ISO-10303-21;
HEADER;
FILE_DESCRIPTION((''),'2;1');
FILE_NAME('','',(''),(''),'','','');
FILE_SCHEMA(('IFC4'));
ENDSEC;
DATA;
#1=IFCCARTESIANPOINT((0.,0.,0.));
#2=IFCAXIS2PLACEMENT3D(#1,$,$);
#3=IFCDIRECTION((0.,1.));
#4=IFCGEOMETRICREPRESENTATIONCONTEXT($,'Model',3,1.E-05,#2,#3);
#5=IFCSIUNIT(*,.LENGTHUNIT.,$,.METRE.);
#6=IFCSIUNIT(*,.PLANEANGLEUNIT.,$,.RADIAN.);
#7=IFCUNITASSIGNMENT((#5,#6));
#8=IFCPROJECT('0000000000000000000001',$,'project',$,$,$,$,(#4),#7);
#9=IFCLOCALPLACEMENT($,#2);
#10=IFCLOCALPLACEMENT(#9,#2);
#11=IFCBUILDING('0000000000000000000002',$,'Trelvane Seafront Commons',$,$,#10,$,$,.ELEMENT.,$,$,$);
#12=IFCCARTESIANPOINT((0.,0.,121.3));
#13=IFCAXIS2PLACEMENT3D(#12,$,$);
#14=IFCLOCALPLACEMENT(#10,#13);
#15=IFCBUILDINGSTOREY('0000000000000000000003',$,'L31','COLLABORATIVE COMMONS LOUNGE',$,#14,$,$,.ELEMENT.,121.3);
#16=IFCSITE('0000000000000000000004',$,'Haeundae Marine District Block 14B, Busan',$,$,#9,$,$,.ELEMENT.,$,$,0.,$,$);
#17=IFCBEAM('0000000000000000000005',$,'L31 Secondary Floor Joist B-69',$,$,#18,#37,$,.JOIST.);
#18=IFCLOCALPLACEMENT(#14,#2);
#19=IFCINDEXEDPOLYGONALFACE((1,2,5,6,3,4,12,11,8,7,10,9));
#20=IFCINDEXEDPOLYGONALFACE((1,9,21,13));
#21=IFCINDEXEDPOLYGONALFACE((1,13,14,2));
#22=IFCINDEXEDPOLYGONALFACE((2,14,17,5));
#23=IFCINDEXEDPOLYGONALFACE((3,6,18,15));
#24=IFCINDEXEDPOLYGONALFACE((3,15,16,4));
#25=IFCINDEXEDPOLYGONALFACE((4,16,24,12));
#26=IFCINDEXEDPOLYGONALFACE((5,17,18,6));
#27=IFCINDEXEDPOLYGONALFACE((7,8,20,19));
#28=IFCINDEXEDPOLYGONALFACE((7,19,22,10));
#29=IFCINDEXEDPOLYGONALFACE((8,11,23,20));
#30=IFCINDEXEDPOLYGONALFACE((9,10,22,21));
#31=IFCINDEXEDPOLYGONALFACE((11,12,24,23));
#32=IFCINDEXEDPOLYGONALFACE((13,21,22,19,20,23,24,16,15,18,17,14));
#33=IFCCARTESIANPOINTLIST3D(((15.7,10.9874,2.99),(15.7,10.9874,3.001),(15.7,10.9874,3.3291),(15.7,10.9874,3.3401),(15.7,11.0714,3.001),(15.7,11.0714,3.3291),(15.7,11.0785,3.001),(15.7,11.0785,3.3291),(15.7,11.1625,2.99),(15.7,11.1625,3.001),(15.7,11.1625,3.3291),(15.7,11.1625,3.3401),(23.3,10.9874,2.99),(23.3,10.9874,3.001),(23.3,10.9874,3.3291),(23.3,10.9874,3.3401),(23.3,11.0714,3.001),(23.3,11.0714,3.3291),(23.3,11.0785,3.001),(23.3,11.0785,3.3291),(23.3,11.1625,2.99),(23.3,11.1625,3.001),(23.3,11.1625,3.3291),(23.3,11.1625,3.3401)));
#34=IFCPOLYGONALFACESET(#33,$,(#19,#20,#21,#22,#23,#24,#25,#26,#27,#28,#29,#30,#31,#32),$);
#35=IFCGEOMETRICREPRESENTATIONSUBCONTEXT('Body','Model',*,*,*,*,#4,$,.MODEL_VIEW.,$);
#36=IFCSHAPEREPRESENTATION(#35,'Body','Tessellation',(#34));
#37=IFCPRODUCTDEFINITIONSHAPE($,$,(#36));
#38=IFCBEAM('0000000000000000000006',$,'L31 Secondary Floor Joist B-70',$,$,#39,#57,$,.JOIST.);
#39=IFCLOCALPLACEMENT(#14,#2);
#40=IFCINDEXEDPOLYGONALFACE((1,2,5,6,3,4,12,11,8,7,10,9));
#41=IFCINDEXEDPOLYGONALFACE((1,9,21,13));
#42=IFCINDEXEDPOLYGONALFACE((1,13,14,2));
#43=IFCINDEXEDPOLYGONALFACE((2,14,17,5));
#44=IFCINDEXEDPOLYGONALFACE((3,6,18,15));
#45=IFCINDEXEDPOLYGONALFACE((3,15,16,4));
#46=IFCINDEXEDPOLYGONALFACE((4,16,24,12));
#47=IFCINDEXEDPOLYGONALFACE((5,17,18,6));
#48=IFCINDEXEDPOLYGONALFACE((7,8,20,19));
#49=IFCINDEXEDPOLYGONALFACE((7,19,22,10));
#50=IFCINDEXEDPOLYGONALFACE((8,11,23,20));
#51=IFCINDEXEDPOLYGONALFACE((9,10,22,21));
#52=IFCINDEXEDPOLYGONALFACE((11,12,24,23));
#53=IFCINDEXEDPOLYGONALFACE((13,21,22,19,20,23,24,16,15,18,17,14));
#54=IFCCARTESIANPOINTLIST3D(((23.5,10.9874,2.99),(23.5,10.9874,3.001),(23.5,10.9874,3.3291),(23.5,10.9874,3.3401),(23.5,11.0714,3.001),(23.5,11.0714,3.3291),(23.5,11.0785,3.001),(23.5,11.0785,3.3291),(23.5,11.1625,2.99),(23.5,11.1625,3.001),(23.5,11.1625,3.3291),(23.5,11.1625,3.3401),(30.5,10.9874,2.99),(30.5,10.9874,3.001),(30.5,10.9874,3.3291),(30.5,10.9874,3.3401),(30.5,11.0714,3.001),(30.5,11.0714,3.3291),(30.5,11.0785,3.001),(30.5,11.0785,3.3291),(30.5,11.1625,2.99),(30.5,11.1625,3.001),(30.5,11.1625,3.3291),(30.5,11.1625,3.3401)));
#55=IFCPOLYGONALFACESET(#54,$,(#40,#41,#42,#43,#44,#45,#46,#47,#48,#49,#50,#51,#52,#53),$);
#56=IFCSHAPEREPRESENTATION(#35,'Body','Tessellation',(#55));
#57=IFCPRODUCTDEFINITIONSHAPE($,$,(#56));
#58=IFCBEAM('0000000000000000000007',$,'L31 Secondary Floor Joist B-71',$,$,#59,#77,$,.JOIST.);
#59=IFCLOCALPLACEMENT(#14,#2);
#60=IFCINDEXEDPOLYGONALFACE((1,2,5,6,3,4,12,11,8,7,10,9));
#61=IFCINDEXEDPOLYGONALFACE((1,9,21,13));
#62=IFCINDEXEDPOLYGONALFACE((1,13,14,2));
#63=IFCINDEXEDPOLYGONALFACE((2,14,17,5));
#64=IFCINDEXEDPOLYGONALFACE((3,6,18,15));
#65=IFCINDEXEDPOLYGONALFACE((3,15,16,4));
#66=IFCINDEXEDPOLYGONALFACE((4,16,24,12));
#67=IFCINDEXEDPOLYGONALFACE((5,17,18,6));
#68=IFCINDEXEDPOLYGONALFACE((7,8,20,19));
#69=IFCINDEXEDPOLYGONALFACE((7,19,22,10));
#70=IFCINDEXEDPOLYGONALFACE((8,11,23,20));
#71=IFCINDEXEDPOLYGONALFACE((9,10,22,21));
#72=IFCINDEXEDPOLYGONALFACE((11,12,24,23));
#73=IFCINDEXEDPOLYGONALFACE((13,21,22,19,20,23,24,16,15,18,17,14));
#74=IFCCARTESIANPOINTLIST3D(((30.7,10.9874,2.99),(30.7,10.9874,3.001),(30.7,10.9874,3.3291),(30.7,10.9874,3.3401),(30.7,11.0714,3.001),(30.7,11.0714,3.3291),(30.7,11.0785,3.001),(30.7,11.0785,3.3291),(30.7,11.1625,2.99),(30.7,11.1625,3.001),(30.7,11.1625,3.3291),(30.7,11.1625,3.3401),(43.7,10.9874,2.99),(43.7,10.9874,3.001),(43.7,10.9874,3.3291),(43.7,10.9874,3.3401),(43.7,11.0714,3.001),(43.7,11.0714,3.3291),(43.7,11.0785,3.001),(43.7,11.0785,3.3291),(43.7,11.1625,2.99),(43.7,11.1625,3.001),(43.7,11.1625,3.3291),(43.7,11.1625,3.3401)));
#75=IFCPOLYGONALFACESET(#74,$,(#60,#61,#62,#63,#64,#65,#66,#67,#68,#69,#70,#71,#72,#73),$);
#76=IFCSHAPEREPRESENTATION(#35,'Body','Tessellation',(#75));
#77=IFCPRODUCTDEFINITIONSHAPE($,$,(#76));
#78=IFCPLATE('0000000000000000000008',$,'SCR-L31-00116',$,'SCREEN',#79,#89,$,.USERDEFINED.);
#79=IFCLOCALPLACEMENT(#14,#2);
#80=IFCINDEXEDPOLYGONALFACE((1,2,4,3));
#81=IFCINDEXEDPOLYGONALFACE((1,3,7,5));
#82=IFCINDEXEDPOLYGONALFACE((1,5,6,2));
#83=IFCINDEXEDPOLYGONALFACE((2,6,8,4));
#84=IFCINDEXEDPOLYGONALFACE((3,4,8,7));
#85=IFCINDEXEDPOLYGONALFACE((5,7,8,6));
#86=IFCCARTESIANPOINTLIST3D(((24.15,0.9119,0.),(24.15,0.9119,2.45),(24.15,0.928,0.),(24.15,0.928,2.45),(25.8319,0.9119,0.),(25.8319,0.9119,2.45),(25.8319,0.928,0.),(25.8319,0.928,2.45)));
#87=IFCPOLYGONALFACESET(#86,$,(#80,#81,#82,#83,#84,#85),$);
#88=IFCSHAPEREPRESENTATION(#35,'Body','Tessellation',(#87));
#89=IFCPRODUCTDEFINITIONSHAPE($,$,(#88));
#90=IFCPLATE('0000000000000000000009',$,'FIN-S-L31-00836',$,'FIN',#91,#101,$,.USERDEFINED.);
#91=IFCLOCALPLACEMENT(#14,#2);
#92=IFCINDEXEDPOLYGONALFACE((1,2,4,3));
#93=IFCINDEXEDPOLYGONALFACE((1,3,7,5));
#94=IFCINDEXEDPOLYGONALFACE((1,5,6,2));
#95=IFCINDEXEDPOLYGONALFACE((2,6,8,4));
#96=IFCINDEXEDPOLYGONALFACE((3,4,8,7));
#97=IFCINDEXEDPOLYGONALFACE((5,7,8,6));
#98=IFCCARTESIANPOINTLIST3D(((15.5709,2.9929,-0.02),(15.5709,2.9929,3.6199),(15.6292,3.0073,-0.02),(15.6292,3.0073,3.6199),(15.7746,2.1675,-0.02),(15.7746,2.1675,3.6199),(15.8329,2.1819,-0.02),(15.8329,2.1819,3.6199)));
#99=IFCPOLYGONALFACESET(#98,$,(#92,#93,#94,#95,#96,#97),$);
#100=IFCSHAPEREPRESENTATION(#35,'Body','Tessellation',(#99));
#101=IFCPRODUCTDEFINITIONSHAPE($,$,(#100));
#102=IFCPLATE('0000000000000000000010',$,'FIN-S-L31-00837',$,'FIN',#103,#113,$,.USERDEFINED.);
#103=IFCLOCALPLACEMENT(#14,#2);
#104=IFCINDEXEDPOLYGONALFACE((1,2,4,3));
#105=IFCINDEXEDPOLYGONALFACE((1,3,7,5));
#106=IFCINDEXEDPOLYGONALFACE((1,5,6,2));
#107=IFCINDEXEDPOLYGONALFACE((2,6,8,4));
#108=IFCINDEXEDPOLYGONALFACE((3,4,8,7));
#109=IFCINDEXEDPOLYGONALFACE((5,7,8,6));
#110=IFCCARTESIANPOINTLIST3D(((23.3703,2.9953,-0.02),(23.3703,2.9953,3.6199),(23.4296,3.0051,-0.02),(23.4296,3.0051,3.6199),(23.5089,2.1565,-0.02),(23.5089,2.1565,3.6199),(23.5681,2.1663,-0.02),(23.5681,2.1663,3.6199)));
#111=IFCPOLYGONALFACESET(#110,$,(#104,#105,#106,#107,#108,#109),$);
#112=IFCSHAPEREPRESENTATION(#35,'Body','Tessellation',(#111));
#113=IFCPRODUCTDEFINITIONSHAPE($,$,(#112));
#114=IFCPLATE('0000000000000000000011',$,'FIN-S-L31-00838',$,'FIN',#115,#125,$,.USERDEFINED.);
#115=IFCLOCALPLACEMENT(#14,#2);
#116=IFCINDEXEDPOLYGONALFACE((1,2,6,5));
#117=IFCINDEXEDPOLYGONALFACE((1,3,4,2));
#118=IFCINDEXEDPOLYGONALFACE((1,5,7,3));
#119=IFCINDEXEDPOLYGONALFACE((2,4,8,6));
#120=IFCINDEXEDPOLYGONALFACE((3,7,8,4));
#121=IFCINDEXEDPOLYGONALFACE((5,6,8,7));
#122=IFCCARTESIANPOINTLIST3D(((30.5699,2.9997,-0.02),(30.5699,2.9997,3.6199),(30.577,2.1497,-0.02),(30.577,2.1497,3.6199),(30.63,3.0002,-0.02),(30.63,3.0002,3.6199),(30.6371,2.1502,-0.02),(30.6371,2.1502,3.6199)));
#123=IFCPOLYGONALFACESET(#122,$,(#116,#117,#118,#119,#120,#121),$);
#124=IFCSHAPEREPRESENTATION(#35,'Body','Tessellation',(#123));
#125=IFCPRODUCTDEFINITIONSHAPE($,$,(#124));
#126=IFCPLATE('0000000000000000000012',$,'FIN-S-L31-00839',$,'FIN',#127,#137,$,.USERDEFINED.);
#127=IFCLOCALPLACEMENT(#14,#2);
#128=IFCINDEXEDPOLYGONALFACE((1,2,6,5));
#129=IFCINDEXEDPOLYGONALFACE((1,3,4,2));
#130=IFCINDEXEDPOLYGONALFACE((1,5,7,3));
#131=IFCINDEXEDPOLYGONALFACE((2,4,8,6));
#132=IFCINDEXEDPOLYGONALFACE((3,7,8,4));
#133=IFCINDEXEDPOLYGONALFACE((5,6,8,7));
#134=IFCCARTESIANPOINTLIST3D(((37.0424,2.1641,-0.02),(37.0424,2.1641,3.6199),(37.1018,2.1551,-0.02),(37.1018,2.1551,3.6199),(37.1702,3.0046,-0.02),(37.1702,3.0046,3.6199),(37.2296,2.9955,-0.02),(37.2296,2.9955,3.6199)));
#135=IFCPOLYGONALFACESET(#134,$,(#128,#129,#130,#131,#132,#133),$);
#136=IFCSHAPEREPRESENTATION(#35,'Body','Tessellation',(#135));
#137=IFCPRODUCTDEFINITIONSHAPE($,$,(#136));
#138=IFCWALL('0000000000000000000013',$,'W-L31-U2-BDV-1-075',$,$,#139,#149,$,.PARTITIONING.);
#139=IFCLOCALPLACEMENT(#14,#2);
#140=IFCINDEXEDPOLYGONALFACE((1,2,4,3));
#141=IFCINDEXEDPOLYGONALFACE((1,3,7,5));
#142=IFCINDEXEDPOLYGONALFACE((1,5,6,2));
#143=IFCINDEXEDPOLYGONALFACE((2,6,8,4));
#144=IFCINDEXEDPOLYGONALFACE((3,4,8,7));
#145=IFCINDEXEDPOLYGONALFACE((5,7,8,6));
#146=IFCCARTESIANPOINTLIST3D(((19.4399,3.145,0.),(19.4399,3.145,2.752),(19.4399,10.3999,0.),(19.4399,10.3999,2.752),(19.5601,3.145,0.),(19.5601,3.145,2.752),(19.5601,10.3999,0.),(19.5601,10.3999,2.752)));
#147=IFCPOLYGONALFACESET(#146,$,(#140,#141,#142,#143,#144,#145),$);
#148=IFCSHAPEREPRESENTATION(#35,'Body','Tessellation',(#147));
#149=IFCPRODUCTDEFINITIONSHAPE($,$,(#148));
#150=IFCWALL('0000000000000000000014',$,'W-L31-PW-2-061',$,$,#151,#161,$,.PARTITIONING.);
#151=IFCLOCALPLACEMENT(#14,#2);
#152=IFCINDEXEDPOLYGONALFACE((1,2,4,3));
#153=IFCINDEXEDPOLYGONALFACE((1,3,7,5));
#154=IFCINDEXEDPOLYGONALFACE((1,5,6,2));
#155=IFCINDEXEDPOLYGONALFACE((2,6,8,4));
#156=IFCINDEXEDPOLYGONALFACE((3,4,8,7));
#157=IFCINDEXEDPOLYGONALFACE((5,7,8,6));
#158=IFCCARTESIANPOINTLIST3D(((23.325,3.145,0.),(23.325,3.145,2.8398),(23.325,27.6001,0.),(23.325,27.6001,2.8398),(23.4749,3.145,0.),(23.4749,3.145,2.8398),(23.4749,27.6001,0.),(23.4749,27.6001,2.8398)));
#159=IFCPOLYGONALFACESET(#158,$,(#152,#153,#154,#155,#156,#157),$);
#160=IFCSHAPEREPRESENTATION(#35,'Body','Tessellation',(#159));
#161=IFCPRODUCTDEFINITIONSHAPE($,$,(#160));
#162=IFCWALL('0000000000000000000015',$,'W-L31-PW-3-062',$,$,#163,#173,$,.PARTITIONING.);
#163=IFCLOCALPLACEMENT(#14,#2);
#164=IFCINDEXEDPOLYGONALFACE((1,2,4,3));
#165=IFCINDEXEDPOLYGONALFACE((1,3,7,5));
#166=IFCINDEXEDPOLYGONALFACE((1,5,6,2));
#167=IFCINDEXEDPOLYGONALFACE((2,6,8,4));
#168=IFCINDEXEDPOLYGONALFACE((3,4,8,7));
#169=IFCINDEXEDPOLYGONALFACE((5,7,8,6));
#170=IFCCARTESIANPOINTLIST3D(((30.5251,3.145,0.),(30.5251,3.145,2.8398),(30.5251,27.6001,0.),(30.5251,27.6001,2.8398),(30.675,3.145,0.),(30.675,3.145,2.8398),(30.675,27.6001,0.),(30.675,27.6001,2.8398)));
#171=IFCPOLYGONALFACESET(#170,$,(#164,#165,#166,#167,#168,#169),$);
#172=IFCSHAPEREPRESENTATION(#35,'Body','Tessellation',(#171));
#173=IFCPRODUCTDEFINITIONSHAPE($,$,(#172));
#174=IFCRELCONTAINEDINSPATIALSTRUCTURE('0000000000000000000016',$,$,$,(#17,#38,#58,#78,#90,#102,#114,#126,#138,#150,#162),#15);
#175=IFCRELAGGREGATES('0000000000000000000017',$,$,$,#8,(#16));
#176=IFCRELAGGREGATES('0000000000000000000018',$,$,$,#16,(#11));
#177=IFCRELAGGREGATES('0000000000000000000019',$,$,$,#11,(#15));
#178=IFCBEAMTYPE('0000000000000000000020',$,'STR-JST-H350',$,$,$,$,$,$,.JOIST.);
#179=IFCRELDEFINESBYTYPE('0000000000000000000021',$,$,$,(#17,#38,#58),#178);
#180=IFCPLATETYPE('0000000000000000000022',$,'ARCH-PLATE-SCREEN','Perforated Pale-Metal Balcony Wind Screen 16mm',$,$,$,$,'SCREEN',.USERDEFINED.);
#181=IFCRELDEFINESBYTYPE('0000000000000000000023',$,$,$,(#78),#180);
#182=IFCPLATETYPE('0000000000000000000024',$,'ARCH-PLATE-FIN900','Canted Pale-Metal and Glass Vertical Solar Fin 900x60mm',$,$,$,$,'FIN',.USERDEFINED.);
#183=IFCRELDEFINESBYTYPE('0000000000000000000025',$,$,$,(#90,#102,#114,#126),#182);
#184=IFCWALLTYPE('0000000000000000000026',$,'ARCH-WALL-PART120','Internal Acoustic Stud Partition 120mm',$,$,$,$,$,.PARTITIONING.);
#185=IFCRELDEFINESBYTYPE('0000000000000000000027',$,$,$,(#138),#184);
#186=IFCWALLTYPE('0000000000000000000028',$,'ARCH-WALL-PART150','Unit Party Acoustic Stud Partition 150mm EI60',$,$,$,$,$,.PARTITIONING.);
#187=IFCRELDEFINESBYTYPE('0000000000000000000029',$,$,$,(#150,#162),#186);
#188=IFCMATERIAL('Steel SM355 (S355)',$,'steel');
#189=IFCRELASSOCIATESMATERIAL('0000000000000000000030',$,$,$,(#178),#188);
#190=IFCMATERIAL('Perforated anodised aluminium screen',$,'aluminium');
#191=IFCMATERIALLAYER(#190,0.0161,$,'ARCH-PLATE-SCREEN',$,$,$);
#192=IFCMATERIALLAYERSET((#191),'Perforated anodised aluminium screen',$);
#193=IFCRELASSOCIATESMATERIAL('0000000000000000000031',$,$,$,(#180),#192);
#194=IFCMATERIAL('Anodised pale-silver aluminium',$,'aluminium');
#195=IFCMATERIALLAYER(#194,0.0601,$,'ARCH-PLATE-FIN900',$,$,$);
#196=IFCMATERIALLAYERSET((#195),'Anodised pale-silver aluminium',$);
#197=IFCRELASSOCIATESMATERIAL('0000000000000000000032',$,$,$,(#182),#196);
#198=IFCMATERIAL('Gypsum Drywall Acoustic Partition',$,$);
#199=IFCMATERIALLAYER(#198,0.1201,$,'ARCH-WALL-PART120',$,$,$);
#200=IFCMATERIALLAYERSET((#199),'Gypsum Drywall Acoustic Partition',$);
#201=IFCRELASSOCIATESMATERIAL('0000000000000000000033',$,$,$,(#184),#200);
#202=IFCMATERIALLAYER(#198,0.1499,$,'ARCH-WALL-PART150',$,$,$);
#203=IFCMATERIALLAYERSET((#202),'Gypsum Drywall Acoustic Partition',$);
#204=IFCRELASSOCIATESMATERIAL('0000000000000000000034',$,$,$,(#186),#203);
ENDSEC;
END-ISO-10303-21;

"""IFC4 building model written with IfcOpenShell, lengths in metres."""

from ifc_helpers import new_model, si_unit, direction, frame, frame_2d, origin, origin_2d, place, context, subcontext, project, spatial, rectangle, i_section, extrude, source, transform, mapped, material, layer, layer_set, material_profile, profile_set, type_object, element, save


model = new_model("IFC4")

# Units and contexts
model_context = context("Model", 3, precision=1e-05, world=origin(), true_north=direction((0.0, 1.0)))
body_context = subcontext(model_context, "Body", "Model", "MODEL_VIEW")
ifc_project = project(units=[si_unit("LENGTHUNIT", "METRE"), si_unit("PLANEANGLEUNIT", "RADIAN")], contexts=[model_context])

# Site, building, storey
site_placement = place(None, origin())
site = spatial("IfcSite", under=ifc_project, at=site_placement, Name="Haeundae Marine District Block 14B, Busan", CompositionType="ELEMENT", RefElevation=0.0)
building_placement = place(site_placement, origin())
building = spatial("IfcBuilding", under=site, at=building_placement, Name="Trelvane Seafront Commons", CompositionType="ELEMENT")
storey_placement = place(building_placement, frame((0.0, 0.0, 121.3)))
storey = spatial("IfcBuildingStorey", under=building, at=storey_placement, Name="L31", Description="COLLABORATIVE COMMONS LOUNGE", CompositionType="ELEMENT", Elevation=121.3)

# Shared definitions
ifc_material_1 = material(Name="Steel SM355 (S355)", Category="steel")

# Beams
ifc_material_profile_1 = material_profile(ifc_material_1, i_section(OverallWidth=0.175, OverallDepth=0.3501, WebThickness=0.0071, FlangeThickness=0.011, at=origin_2d()), Name="H-350x175x7x11")
ifc_profile_set_1 = profile_set([ifc_material_profile_1], Name="Steel SM355 (S355)")
beam_type_1 = type_object("IfcBeamType", Name="STR-JST-H350", PredefinedType="JOIST", material=ifc_profile_set_1)
shared_shape_1 = source(origin(), body_context, "Body", "SweptSolid", [
    extrude(i_section(OverallWidth=0.175, OverallDepth=0.3501, WebThickness=0.0071, FlangeThickness=0.011, at=origin_2d()), origin(), (0.0, 0.0, 1.0), 7.6001),
])
beam_1_placement = place(storey_placement, frame((15.7, 11.075, 3.165), z_axis=(1.0, 0.0, 0.0), x_axis=(0.0, 1.0, 0.0)))
element("IfcBeam", 1, at=beam_1_placement, inside=storey, type_object=beam_type_1, Name="L31 Secondary Floor Joist B-69", PredefinedType="JOIST", context=body_context, shape_type="MappedRepresentation", body=[
    mapped(shared_shape_1, transform((0.0, 0.0, 0.0), x_axis=(1.0, 0.0, 0.0), y_axis=(0.0, 1.0, 0.0), z_axis=(0.0, 0.0, 1.0), scale=1.0)),
])
shared_shape_2 = source(origin(), body_context, "Body", "SweptSolid", [
    extrude(i_section(OverallWidth=0.175, OverallDepth=0.3501, WebThickness=0.0071, FlangeThickness=0.011, at=origin_2d()), origin(), (0.0, 0.0, 1.0), 7.0),
])
beam_2_placement = place(storey_placement, frame((23.5, 11.075, 3.165), z_axis=(1.0, 0.0, 0.0), x_axis=(0.0, 1.0, 0.0)))
element("IfcBeam", 2, at=beam_2_placement, inside=storey, type_object=beam_type_1, Name="L31 Secondary Floor Joist B-70", PredefinedType="JOIST", context=body_context, shape_type="MappedRepresentation", body=[
    mapped(shared_shape_2, transform((0.0, 0.0, 0.0), x_axis=(1.0, 0.0, 0.0), y_axis=(0.0, 1.0, 0.0), z_axis=(0.0, 0.0, 1.0), scale=1.0)),
])
shared_shape_3 = source(origin(), body_context, "Body", "SweptSolid", [
    extrude(i_section(OverallWidth=0.175, OverallDepth=0.3501, WebThickness=0.0071, FlangeThickness=0.011, at=origin_2d()), origin(), (0.0, 0.0, 1.0), 13.0),
])
beam_3_placement = place(storey_placement, frame((30.7, 11.075, 3.165), z_axis=(1.0, 0.0, 0.0), x_axis=(0.0, 1.0, 0.0)))
element("IfcBeam", 3, at=beam_3_placement, inside=storey, type_object=beam_type_1, Name="L31 Secondary Floor Joist B-71", PredefinedType="JOIST", context=body_context, shape_type="MappedRepresentation", body=[
    mapped(shared_shape_3, transform((0.0, 0.0, 0.0), x_axis=(1.0, 0.0, 0.0), y_axis=(0.0, 1.0, 0.0), z_axis=(0.0, 0.0, 1.0), scale=1.0)),
])

# Plates
ifc_material_2 = material(Name="Perforated anodised aluminium screen", Category="aluminium")
ifc_layer_1 = layer(ifc_material_2, 0.0161, Name="ARCH-PLATE-SCREEN")
ifc_layer_set_1 = layer_set([ifc_layer_1], Name="Perforated anodised aluminium screen")
plate_type_1 = type_object("IfcPlateType", Name="ARCH-PLATE-SCREEN", Description="Perforated Pale-Metal Balcony Wind Screen 16mm", ElementType="SCREEN", PredefinedType="USERDEFINED", material=ifc_layer_set_1)
shared_shape_4 = source(origin(), body_context, "Body", "SweptSolid", [
    extrude(rectangle(XDim=1.6819, YDim=0.0161, at=origin_2d()), origin(), (0.0, 0.0, 1.0), 2.45),
])
plate_placement = place(storey_placement, frame((24.991, 0.9199, 0.0), z_axis=(0.0, 0.0, 1.0), x_axis=(1.0, 0.0, 0.0)))
element("IfcPlate", 4, at=plate_placement, inside=storey, type_object=plate_type_1, Name="SCR-L31-00116", ObjectType="SCREEN", PredefinedType="USERDEFINED", context=body_context, shape_type="MappedRepresentation", body=[
    mapped(shared_shape_4, transform((0.0, 0.0, 0.0), x_axis=(1.0, 0.0, 0.0), y_axis=(0.0, 1.0, 0.0), z_axis=(0.0, 0.0, 1.0), scale=1.0)),
])
ifc_material_3 = material(Name="Anodised pale-silver aluminium", Category="aluminium")
ifc_layer_2 = layer(ifc_material_3, 0.0601, Name="ARCH-PLATE-FIN900")
ifc_layer_set_2 = layer_set([ifc_layer_2], Name="Anodised pale-silver aluminium")
plate_type_2 = type_object("IfcPlateType", Name="ARCH-PLATE-FIN900", Description="Canted Pale-Metal and Glass Vertical Solar Fin 900x60mm", ElementType="FIN", PredefinedType="USERDEFINED", material=ifc_layer_set_2)
shared_shape_5 = source(origin(), body_context, "Body", "SweptSolid", [
    extrude(rectangle(XDim=0.8501, YDim=0.0601, at=origin_2d()), origin(), (0.0, 0.0, 1.0), 3.6399),
])
for number, where, z_axis, x_axis, name in (
    (5, (15.7019, 2.5874, -0.02), (0.0, 0.0, 1.0), (0.239655, -0.970858, 0.0), "FIN-S-L31-00836"),
    (6, (23.4692, 2.5808, -0.02), (0.0, 0.0, 1.0), (0.162949, -0.986635, 0.0), "FIN-S-L31-00837"),
    (7, (30.6035, 2.575, -0.02), (0.0, 0.0, 1.0), (0.008353, -0.999965, 0.0), "FIN-S-L31-00838"),
    (8, (37.136, 2.5798, -0.02), (0.0, 0.0, 1.0), (-0.15036, -0.988631, 0.0), "FIN-S-L31-00839"),
):
    element("IfcPlate", number, at=place(storey_placement, frame(where, z_axis=z_axis, x_axis=x_axis)), inside=storey, type_object=plate_type_2, Name=name, ObjectType="FIN", PredefinedType="USERDEFINED", context=body_context, shape_type="MappedRepresentation", body=[
        mapped(shared_shape_5, transform((0.0, 0.0, 0.0), x_axis=(1.0, 0.0, 0.0), y_axis=(0.0, 1.0, 0.0), z_axis=(0.0, 0.0, 1.0), scale=1.0)),
    ])

# Shared definitions
ifc_material_4 = material(Name="Gypsum Drywall Acoustic Partition")
ifc_layer_3 = layer(ifc_material_4, 0.1201, Name="ARCH-WALL-PART120")
ifc_layer_set_3 = layer_set([ifc_layer_3], Name="Gypsum Drywall Acoustic Partition")
wall_type_1 = type_object("IfcWallType", Name="ARCH-WALL-PART120", Description="Internal Acoustic Stud Partition 120mm", PredefinedType="PARTITIONING", material=ifc_layer_set_3)

# Walls
wall_1_placement = place(storey_placement, frame((19.5, 3.145, 0.0), z_axis=(0.0, 0.0, 1.0), x_axis=(0.0, 1.0, 0.0)))
element("IfcWall", 9, at=wall_1_placement, inside=storey, type_object=wall_type_1, Name="W-L31-U2-BDV-1-075", PredefinedType="PARTITIONING", context=body_context, shape_type="SweptSolid", body=[
    extrude(rectangle(XDim=7.2549, YDim=0.1201, at=frame_2d((3.6274, 0.0))), origin(), (0.0, 0.0, 1.0), 2.752),
])
ifc_layer_4 = layer(ifc_material_4, 0.1499, Name="ARCH-WALL-PART150")
ifc_layer_set_4 = layer_set([ifc_layer_4], Name="Gypsum Drywall Acoustic Partition")
wall_type_2 = type_object("IfcWallType", Name="ARCH-WALL-PART150", Description="Unit Party Acoustic Stud Partition 150mm EI60", PredefinedType="PARTITIONING", material=ifc_layer_set_4)
for number, where, z_axis, x_axis, name in (
    (10, (23.3999, 3.145, 0.0), (0.0, 0.0, 1.0), (0.0, 1.0, 0.0), "W-L31-PW-2-061"),
    (11, (30.6001, 3.145, 0.0), (0.0, 0.0, 1.0), (0.0, 1.0, 0.0), "W-L31-PW-3-062"),
):
    element("IfcWall", number, at=place(storey_placement, frame(where, z_axis=z_axis, x_axis=x_axis)), inside=storey, type_object=wall_type_2, Name=name, PredefinedType="PARTITIONING", context=body_context, shape_type="SweptSolid", body=[
        extrude(rectangle(XDim=24.4551, YDim=0.1499, at=frame_2d((12.2275, 0.0))), origin(), (0.0, 0.0, 1.0), 2.8398),
    ])

save(model, "model.ifc")
